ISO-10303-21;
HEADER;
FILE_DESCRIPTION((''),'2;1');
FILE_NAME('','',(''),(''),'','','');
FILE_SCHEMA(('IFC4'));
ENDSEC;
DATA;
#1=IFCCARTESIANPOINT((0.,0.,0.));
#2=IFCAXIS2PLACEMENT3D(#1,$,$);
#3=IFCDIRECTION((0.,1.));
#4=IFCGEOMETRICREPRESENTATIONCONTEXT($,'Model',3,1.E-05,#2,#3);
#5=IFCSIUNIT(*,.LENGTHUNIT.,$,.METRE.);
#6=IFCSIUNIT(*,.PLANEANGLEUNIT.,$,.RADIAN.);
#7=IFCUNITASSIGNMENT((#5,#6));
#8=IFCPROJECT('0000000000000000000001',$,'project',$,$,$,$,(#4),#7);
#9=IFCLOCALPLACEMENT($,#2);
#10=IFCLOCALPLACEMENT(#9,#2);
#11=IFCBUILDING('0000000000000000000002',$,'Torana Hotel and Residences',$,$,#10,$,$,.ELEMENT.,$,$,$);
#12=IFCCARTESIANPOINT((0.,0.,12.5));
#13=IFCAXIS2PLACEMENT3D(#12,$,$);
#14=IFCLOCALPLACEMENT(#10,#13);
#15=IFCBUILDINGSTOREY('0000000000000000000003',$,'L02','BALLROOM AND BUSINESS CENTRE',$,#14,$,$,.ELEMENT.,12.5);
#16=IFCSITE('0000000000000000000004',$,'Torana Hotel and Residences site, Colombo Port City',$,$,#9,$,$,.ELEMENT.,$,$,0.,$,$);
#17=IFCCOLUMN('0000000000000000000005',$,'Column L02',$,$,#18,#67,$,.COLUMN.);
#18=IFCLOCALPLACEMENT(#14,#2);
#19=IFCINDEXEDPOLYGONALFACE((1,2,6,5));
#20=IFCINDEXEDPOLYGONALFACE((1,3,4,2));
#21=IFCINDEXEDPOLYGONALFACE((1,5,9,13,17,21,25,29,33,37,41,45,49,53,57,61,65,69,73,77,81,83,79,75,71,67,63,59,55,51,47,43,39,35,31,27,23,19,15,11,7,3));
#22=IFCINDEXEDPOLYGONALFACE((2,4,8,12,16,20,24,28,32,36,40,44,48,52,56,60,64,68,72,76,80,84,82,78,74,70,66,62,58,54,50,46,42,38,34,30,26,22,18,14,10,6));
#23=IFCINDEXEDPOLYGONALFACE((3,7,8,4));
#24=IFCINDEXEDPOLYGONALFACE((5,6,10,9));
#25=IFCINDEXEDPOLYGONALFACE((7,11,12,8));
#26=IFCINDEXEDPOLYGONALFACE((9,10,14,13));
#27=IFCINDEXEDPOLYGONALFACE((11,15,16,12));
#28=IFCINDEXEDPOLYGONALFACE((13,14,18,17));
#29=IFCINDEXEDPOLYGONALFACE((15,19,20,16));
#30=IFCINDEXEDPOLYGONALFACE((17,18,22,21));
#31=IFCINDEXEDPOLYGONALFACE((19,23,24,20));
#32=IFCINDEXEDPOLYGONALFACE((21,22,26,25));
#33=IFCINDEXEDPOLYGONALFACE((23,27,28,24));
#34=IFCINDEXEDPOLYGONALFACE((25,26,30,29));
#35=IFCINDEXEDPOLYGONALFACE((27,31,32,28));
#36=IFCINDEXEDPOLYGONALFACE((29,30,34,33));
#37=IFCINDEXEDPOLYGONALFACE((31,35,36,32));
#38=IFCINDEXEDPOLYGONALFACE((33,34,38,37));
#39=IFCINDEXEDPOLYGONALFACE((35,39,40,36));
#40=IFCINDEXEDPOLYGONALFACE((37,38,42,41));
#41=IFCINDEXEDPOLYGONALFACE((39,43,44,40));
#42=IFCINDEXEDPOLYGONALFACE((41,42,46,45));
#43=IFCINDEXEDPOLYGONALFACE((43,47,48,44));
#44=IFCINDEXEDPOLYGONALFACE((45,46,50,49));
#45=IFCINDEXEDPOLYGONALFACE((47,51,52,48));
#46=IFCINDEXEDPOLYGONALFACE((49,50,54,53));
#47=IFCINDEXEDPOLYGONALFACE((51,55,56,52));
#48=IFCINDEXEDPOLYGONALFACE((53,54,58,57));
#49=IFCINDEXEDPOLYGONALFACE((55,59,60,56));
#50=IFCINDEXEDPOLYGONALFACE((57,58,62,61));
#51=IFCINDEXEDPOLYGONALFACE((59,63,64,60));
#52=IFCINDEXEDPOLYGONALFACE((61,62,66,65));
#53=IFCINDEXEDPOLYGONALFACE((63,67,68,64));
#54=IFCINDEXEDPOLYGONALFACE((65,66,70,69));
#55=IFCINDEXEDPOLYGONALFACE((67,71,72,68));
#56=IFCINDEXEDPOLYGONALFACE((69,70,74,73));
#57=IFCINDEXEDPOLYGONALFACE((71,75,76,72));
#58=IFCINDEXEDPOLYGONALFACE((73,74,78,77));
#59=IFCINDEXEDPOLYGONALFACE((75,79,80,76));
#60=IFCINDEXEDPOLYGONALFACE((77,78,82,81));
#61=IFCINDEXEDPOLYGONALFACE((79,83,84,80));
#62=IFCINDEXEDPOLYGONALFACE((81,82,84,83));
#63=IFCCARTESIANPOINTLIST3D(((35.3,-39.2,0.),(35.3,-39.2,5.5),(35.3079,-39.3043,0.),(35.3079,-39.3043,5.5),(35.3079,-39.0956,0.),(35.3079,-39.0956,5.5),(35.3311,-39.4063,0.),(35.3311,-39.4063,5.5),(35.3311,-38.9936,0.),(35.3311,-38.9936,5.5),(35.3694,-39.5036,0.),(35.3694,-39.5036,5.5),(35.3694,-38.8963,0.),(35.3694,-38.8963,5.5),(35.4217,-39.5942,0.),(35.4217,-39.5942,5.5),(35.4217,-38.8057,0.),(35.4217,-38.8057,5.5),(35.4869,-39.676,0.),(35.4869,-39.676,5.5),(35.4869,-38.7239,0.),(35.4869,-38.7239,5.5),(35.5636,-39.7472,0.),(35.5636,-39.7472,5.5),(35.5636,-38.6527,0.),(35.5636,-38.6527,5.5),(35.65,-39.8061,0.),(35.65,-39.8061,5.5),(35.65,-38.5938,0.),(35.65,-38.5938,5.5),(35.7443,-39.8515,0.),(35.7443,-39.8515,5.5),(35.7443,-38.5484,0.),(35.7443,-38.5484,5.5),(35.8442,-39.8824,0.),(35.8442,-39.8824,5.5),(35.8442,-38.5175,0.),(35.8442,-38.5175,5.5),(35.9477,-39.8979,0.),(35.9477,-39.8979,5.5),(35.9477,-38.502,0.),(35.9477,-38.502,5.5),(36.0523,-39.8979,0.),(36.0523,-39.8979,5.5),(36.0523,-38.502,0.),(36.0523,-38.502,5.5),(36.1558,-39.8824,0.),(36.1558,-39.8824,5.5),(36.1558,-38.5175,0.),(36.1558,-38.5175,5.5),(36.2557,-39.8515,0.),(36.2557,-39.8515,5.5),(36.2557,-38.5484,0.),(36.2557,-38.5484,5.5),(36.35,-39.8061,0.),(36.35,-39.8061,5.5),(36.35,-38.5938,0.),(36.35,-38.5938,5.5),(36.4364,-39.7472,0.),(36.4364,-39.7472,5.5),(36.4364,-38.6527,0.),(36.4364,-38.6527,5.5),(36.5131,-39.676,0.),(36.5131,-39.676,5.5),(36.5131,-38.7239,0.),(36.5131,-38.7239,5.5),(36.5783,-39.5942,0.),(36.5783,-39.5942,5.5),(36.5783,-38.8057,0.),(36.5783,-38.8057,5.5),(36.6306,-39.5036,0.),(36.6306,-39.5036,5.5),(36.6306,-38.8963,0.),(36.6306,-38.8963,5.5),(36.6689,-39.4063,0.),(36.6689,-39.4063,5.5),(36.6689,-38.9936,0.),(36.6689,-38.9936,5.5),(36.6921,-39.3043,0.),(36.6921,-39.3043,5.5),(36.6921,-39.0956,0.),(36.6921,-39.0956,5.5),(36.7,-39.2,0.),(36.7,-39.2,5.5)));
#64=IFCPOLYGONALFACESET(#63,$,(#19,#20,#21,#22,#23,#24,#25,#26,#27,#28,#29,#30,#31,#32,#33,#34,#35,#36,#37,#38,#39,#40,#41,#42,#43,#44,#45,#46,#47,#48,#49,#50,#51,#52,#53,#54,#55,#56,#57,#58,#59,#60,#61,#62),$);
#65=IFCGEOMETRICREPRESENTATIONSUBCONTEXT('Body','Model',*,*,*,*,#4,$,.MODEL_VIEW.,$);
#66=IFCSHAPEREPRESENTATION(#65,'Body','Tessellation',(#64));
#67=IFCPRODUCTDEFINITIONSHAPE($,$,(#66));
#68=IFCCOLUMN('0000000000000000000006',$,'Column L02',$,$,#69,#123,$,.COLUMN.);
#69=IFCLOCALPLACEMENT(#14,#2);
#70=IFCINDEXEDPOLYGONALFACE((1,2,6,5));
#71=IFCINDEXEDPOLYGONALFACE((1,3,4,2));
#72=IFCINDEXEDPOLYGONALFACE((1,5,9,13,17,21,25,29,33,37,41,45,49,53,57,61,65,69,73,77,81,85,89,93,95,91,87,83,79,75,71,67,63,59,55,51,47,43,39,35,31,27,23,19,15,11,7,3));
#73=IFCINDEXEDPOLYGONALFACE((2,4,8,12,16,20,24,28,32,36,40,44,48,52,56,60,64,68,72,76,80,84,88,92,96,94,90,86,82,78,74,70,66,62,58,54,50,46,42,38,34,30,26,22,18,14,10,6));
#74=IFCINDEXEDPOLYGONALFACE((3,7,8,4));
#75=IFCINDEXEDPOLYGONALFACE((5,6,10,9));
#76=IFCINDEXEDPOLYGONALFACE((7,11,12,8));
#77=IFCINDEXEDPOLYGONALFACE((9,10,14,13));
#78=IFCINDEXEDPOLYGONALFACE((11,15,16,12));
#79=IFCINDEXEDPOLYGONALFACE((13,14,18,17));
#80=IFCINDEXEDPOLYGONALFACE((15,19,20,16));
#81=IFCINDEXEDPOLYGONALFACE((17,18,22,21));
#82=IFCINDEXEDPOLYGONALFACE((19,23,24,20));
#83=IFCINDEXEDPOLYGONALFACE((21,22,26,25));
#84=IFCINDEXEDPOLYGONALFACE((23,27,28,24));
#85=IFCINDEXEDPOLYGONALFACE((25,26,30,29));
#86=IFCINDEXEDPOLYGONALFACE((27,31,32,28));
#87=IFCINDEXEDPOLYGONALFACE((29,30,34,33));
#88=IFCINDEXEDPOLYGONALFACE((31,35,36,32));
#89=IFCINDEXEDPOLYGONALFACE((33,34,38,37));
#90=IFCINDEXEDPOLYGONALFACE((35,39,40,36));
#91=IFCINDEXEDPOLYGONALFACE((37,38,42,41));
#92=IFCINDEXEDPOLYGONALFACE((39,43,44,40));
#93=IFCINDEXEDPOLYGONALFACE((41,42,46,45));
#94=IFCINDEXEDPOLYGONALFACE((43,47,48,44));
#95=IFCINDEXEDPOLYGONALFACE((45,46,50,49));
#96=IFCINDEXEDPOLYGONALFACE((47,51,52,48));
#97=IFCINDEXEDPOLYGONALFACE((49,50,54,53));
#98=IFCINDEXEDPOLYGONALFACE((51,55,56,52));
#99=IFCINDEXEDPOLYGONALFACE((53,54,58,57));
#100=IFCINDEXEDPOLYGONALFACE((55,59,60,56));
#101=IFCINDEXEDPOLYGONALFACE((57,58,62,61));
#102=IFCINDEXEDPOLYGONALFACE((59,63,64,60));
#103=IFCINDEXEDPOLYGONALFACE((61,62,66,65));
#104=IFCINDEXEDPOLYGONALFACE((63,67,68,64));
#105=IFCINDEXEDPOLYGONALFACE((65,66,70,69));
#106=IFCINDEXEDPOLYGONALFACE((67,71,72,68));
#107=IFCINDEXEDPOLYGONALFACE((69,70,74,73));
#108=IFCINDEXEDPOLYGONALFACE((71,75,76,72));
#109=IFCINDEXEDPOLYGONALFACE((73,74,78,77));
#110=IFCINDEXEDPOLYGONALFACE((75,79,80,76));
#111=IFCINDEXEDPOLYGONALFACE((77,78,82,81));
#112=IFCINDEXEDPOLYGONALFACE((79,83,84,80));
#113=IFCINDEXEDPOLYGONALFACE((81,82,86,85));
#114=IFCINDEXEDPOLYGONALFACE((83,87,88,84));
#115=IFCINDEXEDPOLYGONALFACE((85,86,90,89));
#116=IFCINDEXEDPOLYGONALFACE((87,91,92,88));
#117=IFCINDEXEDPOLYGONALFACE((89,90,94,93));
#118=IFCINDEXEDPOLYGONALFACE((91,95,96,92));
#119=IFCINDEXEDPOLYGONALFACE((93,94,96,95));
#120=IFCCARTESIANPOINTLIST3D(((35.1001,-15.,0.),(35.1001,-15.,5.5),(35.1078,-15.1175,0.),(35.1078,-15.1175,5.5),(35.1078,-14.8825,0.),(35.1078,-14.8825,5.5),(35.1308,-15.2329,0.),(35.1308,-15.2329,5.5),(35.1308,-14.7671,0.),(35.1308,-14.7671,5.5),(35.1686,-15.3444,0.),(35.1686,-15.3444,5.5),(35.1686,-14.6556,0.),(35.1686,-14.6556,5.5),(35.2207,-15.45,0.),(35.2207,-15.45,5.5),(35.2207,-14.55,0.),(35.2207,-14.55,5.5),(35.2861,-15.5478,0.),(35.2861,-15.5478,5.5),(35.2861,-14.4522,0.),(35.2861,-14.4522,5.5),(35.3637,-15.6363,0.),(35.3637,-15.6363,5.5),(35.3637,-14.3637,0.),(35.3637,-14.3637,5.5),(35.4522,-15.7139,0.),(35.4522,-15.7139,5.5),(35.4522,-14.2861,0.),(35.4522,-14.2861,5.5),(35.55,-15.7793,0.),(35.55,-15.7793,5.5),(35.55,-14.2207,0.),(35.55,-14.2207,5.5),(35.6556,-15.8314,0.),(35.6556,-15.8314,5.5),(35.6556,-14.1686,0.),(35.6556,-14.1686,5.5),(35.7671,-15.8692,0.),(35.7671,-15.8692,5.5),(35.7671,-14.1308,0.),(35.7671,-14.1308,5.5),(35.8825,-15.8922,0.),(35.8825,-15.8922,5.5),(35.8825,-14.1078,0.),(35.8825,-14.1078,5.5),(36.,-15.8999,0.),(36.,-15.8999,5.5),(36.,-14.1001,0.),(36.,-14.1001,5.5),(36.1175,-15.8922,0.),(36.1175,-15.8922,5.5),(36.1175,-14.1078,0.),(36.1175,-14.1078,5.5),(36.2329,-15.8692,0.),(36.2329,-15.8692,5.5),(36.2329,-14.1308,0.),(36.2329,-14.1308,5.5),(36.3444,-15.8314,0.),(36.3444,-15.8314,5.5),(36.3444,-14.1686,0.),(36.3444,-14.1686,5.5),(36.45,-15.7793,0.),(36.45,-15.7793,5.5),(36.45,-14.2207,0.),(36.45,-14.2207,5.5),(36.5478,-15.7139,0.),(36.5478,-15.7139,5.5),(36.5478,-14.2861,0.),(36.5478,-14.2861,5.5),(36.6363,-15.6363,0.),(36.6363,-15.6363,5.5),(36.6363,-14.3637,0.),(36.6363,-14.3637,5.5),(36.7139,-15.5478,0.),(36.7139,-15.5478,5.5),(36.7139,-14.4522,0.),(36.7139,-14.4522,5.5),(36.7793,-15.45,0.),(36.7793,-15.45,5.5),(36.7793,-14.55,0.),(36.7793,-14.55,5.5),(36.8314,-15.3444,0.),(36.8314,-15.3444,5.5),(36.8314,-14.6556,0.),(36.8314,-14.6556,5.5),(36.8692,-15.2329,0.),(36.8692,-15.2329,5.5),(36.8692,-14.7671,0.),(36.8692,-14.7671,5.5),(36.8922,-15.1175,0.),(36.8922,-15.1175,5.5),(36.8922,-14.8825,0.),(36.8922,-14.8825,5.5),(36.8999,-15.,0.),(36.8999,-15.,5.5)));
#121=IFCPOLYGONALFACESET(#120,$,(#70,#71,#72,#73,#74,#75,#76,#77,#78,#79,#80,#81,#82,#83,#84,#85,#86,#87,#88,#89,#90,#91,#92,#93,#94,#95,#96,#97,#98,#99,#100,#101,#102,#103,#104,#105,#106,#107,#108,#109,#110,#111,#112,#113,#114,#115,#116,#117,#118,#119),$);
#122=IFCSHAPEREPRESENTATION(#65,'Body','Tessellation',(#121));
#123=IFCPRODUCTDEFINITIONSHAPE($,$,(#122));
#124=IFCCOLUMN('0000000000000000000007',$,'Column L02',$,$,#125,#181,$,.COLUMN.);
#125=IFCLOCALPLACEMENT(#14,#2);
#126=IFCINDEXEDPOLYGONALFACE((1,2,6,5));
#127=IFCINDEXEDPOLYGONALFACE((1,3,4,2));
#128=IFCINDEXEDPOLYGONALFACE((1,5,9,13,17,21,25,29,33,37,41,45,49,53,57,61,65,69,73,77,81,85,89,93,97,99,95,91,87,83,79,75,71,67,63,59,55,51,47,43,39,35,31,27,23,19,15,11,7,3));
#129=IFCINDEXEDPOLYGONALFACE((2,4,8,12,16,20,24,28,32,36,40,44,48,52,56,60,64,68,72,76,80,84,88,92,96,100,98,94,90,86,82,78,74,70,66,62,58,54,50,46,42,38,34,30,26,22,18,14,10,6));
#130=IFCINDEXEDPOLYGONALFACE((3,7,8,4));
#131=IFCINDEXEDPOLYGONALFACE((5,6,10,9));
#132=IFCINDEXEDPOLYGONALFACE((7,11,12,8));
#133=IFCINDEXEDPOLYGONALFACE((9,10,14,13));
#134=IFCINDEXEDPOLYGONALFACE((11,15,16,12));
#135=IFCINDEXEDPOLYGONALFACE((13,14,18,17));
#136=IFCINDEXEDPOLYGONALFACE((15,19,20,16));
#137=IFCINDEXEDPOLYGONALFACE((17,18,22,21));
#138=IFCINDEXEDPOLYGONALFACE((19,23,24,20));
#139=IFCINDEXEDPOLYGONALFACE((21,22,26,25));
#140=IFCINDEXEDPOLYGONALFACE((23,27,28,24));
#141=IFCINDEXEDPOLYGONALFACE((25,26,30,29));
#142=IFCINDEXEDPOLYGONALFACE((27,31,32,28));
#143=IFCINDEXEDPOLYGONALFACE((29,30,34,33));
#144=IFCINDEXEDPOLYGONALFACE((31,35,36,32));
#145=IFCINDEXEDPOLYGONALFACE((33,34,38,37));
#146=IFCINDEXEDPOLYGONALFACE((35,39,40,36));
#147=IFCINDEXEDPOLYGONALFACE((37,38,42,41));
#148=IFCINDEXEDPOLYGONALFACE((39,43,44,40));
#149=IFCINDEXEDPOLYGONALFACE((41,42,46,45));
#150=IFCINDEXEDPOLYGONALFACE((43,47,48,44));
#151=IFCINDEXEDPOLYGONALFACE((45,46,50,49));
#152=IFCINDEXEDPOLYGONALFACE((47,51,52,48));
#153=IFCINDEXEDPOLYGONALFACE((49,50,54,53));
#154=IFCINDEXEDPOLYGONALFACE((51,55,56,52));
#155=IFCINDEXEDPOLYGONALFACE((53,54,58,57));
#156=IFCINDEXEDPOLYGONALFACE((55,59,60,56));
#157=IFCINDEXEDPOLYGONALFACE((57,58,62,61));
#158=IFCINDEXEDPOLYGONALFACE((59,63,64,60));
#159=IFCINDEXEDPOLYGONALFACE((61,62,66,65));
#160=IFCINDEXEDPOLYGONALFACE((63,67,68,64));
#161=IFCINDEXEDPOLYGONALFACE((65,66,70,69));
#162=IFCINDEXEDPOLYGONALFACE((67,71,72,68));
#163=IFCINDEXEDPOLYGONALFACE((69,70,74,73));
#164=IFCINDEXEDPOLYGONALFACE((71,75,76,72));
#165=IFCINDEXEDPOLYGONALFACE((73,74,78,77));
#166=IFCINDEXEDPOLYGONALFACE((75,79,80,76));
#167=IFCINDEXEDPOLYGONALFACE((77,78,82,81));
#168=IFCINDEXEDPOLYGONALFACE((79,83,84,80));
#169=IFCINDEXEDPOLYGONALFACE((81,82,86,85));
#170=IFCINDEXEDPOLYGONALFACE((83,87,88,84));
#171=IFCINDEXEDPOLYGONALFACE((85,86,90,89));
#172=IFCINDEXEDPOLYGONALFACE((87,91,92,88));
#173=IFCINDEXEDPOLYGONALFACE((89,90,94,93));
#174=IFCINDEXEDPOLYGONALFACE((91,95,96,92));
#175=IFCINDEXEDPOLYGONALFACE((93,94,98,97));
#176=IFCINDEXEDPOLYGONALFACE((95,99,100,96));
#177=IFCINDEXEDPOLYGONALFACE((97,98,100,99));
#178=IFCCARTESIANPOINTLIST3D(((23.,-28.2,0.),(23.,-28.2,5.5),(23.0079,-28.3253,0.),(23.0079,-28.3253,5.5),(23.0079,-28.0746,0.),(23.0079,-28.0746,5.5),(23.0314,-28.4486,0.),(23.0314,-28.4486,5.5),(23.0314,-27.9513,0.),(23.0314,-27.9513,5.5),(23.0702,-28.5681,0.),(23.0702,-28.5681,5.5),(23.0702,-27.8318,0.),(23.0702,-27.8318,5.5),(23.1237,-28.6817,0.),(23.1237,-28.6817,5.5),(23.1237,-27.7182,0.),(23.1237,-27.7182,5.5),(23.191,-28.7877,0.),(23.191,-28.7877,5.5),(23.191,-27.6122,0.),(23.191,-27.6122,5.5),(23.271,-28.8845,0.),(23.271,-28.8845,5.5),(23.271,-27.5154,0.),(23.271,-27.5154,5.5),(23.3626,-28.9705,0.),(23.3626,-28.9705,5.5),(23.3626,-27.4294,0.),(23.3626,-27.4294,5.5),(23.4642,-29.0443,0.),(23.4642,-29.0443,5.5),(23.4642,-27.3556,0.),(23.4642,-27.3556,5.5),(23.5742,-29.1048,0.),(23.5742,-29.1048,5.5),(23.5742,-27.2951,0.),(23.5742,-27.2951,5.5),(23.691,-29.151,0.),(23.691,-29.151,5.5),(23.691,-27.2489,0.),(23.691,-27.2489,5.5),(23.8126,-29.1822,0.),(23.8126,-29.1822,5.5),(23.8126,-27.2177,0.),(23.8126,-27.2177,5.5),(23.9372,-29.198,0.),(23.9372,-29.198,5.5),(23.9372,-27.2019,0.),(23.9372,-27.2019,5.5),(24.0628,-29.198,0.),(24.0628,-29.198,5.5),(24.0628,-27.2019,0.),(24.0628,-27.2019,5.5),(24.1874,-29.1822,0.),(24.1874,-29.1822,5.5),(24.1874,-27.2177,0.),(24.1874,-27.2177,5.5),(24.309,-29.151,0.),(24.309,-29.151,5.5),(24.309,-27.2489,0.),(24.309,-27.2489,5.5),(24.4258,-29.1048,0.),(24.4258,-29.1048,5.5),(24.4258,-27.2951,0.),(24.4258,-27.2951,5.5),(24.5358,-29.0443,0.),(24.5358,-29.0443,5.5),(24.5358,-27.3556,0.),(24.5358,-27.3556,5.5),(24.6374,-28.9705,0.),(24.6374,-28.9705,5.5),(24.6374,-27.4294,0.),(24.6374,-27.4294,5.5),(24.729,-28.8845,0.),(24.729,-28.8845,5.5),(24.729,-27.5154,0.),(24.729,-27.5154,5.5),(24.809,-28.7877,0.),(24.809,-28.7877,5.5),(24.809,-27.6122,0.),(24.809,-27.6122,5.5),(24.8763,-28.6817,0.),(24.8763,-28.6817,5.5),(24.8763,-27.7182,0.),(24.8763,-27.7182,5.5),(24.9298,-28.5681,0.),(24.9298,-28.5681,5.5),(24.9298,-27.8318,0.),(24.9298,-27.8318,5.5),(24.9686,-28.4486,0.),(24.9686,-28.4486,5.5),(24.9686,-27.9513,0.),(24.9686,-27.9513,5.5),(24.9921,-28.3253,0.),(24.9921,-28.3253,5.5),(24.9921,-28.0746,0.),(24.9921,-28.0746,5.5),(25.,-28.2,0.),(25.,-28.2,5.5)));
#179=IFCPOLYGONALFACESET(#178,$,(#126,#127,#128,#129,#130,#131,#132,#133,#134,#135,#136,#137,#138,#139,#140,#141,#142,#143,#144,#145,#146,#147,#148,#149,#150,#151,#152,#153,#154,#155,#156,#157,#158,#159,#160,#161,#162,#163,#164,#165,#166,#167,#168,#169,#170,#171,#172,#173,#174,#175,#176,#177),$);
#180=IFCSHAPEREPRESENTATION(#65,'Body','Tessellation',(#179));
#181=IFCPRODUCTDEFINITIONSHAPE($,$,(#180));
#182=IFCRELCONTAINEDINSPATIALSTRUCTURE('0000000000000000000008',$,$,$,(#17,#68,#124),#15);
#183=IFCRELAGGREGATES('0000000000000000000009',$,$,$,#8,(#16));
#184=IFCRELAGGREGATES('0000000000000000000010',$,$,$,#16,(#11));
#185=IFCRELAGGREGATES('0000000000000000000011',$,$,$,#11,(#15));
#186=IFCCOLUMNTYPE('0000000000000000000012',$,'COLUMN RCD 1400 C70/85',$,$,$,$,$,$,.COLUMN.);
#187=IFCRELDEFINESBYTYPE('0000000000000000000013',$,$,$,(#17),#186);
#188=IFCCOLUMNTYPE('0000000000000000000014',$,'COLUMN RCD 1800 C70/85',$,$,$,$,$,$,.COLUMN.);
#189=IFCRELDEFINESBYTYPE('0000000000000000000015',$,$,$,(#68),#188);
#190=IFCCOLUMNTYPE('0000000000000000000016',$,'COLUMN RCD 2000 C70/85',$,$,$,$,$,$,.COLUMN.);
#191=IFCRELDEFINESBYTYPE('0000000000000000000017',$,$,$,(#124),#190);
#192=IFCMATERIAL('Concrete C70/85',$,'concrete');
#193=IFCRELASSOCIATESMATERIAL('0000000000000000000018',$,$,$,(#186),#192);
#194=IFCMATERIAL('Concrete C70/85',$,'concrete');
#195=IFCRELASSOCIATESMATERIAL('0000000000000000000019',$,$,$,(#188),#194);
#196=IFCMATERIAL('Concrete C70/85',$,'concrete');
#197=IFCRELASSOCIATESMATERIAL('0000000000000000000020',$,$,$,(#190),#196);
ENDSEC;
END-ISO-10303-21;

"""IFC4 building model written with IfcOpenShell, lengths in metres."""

from ifc_helpers import new_model, si_unit, direction, frame, origin, origin_2d, place, context, subcontext, project, spatial, circle, extrude, material, material_profile, profile_set, type_object, element, save


model = new_model("IFC4")

# Units and contexts
model_context = context("Model", 3, precision=1e-05, world=origin(), true_north=direction((0.0, 1.0)))
body_context = subcontext(model_context, "Body", "Model", "MODEL_VIEW")
ifc_project = project(units=[si_unit("LENGTHUNIT", "METRE"), si_unit("PLANEANGLEUNIT", "RADIAN")], contexts=[model_context])

# Site, building, storey
site_placement = place(None, origin())
site = spatial("IfcSite", under=ifc_project, at=site_placement, Name="Torana Hotel and Residences site, Colombo Port City", CompositionType="ELEMENT", RefElevation=0.0)
building_placement = place(site_placement, origin())
building = spatial("IfcBuilding", under=site, at=building_placement, Name="Torana Hotel and Residences", CompositionType="ELEMENT")
storey_placement = place(building_placement, frame((0.0, 0.0, 12.5)))
storey = spatial("IfcBuildingStorey", under=building, at=storey_placement, Name="L02", Description="BALLROOM AND BUSINESS CENTRE", CompositionType="ELEMENT", Elevation=12.5)

# Columns
ifc_material_1 = material(Name="Concrete C70/85", Category="concrete")
ifc_material_profile_1 = material_profile(ifc_material_1, circle(Radius=0.7, at=origin_2d()), Name="RCD 1400")
ifc_profile_set_1 = profile_set([ifc_material_profile_1], Name="Concrete C70/85")
column_type_1 = type_object("IfcColumnType", Name="COLUMN RCD 1400 C70/85", PredefinedType="COLUMN", material=ifc_profile_set_1)
column_1_placement = place(storey_placement, frame((36.0, -39.2, 0.0), z_axis=(0.0, 0.0, 1.0), x_axis=(1.0, 0.0, 0.0)))
element("IfcColumn", 1, at=column_1_placement, inside=storey, type_object=column_type_1, Name="Column L02", PredefinedType="COLUMN", context=body_context, shape_type="SweptSolid", body=[
    extrude(circle(Radius=0.7, at=origin_2d()), origin(), (0.0, 0.0, 1.0), 5.5),
])
ifc_material_2 = material(Name="Concrete C70/85", Category="concrete")
ifc_material_profile_2 = material_profile(ifc_material_2, circle(Radius=0.8999, at=origin_2d()), Name="RCD 1800")
ifc_profile_set_2 = profile_set([ifc_material_profile_2], Name="Concrete C70/85")
column_type_2 = type_object("IfcColumnType", Name="COLUMN RCD 1800 C70/85", PredefinedType="COLUMN", material=ifc_profile_set_2)
column_2_placement = place(storey_placement, frame((36.0, -15.0, 0.0), z_axis=(0.0, 0.0, 1.0), x_axis=(1.0, 0.0, 0.0)))
element("IfcColumn", 2, at=column_2_placement, inside=storey, type_object=column_type_2, Name="Column L02", PredefinedType="COLUMN", context=body_context, shape_type="SweptSolid", body=[
    extrude(circle(Radius=0.8999, at=origin_2d()), origin(), (0.0, 0.0, 1.0), 5.5),
])
ifc_material_3 = material(Name="Concrete C70/85", Category="concrete")
ifc_material_profile_3 = material_profile(ifc_material_3, circle(Radius=1.0, at=origin_2d()), Name="RCD 2000")
ifc_profile_set_3 = profile_set([ifc_material_profile_3], Name="Concrete C70/85")
column_type_3 = type_object("IfcColumnType", Name="COLUMN RCD 2000 C70/85", PredefinedType="COLUMN", material=ifc_profile_set_3)
for number, where, z_axis, x_axis, name in (
    (3, (24.0, -28.2, 0.0), (0.0, 0.0, 1.0), (1.0, 0.0, 0.0), "Column L02"),
):
    element("IfcColumn", number, at=place(storey_placement, frame(where, z_axis=z_axis, x_axis=x_axis)), inside=storey, type_object=column_type_3, Name=name, PredefinedType="COLUMN", context=body_context, shape_type="SweptSolid", body=[
        extrude(circle(Radius=1.0, at=origin_2d()), origin(), (0.0, 0.0, 1.0), 5.5),
    ])

save(model, "model.ifc")
